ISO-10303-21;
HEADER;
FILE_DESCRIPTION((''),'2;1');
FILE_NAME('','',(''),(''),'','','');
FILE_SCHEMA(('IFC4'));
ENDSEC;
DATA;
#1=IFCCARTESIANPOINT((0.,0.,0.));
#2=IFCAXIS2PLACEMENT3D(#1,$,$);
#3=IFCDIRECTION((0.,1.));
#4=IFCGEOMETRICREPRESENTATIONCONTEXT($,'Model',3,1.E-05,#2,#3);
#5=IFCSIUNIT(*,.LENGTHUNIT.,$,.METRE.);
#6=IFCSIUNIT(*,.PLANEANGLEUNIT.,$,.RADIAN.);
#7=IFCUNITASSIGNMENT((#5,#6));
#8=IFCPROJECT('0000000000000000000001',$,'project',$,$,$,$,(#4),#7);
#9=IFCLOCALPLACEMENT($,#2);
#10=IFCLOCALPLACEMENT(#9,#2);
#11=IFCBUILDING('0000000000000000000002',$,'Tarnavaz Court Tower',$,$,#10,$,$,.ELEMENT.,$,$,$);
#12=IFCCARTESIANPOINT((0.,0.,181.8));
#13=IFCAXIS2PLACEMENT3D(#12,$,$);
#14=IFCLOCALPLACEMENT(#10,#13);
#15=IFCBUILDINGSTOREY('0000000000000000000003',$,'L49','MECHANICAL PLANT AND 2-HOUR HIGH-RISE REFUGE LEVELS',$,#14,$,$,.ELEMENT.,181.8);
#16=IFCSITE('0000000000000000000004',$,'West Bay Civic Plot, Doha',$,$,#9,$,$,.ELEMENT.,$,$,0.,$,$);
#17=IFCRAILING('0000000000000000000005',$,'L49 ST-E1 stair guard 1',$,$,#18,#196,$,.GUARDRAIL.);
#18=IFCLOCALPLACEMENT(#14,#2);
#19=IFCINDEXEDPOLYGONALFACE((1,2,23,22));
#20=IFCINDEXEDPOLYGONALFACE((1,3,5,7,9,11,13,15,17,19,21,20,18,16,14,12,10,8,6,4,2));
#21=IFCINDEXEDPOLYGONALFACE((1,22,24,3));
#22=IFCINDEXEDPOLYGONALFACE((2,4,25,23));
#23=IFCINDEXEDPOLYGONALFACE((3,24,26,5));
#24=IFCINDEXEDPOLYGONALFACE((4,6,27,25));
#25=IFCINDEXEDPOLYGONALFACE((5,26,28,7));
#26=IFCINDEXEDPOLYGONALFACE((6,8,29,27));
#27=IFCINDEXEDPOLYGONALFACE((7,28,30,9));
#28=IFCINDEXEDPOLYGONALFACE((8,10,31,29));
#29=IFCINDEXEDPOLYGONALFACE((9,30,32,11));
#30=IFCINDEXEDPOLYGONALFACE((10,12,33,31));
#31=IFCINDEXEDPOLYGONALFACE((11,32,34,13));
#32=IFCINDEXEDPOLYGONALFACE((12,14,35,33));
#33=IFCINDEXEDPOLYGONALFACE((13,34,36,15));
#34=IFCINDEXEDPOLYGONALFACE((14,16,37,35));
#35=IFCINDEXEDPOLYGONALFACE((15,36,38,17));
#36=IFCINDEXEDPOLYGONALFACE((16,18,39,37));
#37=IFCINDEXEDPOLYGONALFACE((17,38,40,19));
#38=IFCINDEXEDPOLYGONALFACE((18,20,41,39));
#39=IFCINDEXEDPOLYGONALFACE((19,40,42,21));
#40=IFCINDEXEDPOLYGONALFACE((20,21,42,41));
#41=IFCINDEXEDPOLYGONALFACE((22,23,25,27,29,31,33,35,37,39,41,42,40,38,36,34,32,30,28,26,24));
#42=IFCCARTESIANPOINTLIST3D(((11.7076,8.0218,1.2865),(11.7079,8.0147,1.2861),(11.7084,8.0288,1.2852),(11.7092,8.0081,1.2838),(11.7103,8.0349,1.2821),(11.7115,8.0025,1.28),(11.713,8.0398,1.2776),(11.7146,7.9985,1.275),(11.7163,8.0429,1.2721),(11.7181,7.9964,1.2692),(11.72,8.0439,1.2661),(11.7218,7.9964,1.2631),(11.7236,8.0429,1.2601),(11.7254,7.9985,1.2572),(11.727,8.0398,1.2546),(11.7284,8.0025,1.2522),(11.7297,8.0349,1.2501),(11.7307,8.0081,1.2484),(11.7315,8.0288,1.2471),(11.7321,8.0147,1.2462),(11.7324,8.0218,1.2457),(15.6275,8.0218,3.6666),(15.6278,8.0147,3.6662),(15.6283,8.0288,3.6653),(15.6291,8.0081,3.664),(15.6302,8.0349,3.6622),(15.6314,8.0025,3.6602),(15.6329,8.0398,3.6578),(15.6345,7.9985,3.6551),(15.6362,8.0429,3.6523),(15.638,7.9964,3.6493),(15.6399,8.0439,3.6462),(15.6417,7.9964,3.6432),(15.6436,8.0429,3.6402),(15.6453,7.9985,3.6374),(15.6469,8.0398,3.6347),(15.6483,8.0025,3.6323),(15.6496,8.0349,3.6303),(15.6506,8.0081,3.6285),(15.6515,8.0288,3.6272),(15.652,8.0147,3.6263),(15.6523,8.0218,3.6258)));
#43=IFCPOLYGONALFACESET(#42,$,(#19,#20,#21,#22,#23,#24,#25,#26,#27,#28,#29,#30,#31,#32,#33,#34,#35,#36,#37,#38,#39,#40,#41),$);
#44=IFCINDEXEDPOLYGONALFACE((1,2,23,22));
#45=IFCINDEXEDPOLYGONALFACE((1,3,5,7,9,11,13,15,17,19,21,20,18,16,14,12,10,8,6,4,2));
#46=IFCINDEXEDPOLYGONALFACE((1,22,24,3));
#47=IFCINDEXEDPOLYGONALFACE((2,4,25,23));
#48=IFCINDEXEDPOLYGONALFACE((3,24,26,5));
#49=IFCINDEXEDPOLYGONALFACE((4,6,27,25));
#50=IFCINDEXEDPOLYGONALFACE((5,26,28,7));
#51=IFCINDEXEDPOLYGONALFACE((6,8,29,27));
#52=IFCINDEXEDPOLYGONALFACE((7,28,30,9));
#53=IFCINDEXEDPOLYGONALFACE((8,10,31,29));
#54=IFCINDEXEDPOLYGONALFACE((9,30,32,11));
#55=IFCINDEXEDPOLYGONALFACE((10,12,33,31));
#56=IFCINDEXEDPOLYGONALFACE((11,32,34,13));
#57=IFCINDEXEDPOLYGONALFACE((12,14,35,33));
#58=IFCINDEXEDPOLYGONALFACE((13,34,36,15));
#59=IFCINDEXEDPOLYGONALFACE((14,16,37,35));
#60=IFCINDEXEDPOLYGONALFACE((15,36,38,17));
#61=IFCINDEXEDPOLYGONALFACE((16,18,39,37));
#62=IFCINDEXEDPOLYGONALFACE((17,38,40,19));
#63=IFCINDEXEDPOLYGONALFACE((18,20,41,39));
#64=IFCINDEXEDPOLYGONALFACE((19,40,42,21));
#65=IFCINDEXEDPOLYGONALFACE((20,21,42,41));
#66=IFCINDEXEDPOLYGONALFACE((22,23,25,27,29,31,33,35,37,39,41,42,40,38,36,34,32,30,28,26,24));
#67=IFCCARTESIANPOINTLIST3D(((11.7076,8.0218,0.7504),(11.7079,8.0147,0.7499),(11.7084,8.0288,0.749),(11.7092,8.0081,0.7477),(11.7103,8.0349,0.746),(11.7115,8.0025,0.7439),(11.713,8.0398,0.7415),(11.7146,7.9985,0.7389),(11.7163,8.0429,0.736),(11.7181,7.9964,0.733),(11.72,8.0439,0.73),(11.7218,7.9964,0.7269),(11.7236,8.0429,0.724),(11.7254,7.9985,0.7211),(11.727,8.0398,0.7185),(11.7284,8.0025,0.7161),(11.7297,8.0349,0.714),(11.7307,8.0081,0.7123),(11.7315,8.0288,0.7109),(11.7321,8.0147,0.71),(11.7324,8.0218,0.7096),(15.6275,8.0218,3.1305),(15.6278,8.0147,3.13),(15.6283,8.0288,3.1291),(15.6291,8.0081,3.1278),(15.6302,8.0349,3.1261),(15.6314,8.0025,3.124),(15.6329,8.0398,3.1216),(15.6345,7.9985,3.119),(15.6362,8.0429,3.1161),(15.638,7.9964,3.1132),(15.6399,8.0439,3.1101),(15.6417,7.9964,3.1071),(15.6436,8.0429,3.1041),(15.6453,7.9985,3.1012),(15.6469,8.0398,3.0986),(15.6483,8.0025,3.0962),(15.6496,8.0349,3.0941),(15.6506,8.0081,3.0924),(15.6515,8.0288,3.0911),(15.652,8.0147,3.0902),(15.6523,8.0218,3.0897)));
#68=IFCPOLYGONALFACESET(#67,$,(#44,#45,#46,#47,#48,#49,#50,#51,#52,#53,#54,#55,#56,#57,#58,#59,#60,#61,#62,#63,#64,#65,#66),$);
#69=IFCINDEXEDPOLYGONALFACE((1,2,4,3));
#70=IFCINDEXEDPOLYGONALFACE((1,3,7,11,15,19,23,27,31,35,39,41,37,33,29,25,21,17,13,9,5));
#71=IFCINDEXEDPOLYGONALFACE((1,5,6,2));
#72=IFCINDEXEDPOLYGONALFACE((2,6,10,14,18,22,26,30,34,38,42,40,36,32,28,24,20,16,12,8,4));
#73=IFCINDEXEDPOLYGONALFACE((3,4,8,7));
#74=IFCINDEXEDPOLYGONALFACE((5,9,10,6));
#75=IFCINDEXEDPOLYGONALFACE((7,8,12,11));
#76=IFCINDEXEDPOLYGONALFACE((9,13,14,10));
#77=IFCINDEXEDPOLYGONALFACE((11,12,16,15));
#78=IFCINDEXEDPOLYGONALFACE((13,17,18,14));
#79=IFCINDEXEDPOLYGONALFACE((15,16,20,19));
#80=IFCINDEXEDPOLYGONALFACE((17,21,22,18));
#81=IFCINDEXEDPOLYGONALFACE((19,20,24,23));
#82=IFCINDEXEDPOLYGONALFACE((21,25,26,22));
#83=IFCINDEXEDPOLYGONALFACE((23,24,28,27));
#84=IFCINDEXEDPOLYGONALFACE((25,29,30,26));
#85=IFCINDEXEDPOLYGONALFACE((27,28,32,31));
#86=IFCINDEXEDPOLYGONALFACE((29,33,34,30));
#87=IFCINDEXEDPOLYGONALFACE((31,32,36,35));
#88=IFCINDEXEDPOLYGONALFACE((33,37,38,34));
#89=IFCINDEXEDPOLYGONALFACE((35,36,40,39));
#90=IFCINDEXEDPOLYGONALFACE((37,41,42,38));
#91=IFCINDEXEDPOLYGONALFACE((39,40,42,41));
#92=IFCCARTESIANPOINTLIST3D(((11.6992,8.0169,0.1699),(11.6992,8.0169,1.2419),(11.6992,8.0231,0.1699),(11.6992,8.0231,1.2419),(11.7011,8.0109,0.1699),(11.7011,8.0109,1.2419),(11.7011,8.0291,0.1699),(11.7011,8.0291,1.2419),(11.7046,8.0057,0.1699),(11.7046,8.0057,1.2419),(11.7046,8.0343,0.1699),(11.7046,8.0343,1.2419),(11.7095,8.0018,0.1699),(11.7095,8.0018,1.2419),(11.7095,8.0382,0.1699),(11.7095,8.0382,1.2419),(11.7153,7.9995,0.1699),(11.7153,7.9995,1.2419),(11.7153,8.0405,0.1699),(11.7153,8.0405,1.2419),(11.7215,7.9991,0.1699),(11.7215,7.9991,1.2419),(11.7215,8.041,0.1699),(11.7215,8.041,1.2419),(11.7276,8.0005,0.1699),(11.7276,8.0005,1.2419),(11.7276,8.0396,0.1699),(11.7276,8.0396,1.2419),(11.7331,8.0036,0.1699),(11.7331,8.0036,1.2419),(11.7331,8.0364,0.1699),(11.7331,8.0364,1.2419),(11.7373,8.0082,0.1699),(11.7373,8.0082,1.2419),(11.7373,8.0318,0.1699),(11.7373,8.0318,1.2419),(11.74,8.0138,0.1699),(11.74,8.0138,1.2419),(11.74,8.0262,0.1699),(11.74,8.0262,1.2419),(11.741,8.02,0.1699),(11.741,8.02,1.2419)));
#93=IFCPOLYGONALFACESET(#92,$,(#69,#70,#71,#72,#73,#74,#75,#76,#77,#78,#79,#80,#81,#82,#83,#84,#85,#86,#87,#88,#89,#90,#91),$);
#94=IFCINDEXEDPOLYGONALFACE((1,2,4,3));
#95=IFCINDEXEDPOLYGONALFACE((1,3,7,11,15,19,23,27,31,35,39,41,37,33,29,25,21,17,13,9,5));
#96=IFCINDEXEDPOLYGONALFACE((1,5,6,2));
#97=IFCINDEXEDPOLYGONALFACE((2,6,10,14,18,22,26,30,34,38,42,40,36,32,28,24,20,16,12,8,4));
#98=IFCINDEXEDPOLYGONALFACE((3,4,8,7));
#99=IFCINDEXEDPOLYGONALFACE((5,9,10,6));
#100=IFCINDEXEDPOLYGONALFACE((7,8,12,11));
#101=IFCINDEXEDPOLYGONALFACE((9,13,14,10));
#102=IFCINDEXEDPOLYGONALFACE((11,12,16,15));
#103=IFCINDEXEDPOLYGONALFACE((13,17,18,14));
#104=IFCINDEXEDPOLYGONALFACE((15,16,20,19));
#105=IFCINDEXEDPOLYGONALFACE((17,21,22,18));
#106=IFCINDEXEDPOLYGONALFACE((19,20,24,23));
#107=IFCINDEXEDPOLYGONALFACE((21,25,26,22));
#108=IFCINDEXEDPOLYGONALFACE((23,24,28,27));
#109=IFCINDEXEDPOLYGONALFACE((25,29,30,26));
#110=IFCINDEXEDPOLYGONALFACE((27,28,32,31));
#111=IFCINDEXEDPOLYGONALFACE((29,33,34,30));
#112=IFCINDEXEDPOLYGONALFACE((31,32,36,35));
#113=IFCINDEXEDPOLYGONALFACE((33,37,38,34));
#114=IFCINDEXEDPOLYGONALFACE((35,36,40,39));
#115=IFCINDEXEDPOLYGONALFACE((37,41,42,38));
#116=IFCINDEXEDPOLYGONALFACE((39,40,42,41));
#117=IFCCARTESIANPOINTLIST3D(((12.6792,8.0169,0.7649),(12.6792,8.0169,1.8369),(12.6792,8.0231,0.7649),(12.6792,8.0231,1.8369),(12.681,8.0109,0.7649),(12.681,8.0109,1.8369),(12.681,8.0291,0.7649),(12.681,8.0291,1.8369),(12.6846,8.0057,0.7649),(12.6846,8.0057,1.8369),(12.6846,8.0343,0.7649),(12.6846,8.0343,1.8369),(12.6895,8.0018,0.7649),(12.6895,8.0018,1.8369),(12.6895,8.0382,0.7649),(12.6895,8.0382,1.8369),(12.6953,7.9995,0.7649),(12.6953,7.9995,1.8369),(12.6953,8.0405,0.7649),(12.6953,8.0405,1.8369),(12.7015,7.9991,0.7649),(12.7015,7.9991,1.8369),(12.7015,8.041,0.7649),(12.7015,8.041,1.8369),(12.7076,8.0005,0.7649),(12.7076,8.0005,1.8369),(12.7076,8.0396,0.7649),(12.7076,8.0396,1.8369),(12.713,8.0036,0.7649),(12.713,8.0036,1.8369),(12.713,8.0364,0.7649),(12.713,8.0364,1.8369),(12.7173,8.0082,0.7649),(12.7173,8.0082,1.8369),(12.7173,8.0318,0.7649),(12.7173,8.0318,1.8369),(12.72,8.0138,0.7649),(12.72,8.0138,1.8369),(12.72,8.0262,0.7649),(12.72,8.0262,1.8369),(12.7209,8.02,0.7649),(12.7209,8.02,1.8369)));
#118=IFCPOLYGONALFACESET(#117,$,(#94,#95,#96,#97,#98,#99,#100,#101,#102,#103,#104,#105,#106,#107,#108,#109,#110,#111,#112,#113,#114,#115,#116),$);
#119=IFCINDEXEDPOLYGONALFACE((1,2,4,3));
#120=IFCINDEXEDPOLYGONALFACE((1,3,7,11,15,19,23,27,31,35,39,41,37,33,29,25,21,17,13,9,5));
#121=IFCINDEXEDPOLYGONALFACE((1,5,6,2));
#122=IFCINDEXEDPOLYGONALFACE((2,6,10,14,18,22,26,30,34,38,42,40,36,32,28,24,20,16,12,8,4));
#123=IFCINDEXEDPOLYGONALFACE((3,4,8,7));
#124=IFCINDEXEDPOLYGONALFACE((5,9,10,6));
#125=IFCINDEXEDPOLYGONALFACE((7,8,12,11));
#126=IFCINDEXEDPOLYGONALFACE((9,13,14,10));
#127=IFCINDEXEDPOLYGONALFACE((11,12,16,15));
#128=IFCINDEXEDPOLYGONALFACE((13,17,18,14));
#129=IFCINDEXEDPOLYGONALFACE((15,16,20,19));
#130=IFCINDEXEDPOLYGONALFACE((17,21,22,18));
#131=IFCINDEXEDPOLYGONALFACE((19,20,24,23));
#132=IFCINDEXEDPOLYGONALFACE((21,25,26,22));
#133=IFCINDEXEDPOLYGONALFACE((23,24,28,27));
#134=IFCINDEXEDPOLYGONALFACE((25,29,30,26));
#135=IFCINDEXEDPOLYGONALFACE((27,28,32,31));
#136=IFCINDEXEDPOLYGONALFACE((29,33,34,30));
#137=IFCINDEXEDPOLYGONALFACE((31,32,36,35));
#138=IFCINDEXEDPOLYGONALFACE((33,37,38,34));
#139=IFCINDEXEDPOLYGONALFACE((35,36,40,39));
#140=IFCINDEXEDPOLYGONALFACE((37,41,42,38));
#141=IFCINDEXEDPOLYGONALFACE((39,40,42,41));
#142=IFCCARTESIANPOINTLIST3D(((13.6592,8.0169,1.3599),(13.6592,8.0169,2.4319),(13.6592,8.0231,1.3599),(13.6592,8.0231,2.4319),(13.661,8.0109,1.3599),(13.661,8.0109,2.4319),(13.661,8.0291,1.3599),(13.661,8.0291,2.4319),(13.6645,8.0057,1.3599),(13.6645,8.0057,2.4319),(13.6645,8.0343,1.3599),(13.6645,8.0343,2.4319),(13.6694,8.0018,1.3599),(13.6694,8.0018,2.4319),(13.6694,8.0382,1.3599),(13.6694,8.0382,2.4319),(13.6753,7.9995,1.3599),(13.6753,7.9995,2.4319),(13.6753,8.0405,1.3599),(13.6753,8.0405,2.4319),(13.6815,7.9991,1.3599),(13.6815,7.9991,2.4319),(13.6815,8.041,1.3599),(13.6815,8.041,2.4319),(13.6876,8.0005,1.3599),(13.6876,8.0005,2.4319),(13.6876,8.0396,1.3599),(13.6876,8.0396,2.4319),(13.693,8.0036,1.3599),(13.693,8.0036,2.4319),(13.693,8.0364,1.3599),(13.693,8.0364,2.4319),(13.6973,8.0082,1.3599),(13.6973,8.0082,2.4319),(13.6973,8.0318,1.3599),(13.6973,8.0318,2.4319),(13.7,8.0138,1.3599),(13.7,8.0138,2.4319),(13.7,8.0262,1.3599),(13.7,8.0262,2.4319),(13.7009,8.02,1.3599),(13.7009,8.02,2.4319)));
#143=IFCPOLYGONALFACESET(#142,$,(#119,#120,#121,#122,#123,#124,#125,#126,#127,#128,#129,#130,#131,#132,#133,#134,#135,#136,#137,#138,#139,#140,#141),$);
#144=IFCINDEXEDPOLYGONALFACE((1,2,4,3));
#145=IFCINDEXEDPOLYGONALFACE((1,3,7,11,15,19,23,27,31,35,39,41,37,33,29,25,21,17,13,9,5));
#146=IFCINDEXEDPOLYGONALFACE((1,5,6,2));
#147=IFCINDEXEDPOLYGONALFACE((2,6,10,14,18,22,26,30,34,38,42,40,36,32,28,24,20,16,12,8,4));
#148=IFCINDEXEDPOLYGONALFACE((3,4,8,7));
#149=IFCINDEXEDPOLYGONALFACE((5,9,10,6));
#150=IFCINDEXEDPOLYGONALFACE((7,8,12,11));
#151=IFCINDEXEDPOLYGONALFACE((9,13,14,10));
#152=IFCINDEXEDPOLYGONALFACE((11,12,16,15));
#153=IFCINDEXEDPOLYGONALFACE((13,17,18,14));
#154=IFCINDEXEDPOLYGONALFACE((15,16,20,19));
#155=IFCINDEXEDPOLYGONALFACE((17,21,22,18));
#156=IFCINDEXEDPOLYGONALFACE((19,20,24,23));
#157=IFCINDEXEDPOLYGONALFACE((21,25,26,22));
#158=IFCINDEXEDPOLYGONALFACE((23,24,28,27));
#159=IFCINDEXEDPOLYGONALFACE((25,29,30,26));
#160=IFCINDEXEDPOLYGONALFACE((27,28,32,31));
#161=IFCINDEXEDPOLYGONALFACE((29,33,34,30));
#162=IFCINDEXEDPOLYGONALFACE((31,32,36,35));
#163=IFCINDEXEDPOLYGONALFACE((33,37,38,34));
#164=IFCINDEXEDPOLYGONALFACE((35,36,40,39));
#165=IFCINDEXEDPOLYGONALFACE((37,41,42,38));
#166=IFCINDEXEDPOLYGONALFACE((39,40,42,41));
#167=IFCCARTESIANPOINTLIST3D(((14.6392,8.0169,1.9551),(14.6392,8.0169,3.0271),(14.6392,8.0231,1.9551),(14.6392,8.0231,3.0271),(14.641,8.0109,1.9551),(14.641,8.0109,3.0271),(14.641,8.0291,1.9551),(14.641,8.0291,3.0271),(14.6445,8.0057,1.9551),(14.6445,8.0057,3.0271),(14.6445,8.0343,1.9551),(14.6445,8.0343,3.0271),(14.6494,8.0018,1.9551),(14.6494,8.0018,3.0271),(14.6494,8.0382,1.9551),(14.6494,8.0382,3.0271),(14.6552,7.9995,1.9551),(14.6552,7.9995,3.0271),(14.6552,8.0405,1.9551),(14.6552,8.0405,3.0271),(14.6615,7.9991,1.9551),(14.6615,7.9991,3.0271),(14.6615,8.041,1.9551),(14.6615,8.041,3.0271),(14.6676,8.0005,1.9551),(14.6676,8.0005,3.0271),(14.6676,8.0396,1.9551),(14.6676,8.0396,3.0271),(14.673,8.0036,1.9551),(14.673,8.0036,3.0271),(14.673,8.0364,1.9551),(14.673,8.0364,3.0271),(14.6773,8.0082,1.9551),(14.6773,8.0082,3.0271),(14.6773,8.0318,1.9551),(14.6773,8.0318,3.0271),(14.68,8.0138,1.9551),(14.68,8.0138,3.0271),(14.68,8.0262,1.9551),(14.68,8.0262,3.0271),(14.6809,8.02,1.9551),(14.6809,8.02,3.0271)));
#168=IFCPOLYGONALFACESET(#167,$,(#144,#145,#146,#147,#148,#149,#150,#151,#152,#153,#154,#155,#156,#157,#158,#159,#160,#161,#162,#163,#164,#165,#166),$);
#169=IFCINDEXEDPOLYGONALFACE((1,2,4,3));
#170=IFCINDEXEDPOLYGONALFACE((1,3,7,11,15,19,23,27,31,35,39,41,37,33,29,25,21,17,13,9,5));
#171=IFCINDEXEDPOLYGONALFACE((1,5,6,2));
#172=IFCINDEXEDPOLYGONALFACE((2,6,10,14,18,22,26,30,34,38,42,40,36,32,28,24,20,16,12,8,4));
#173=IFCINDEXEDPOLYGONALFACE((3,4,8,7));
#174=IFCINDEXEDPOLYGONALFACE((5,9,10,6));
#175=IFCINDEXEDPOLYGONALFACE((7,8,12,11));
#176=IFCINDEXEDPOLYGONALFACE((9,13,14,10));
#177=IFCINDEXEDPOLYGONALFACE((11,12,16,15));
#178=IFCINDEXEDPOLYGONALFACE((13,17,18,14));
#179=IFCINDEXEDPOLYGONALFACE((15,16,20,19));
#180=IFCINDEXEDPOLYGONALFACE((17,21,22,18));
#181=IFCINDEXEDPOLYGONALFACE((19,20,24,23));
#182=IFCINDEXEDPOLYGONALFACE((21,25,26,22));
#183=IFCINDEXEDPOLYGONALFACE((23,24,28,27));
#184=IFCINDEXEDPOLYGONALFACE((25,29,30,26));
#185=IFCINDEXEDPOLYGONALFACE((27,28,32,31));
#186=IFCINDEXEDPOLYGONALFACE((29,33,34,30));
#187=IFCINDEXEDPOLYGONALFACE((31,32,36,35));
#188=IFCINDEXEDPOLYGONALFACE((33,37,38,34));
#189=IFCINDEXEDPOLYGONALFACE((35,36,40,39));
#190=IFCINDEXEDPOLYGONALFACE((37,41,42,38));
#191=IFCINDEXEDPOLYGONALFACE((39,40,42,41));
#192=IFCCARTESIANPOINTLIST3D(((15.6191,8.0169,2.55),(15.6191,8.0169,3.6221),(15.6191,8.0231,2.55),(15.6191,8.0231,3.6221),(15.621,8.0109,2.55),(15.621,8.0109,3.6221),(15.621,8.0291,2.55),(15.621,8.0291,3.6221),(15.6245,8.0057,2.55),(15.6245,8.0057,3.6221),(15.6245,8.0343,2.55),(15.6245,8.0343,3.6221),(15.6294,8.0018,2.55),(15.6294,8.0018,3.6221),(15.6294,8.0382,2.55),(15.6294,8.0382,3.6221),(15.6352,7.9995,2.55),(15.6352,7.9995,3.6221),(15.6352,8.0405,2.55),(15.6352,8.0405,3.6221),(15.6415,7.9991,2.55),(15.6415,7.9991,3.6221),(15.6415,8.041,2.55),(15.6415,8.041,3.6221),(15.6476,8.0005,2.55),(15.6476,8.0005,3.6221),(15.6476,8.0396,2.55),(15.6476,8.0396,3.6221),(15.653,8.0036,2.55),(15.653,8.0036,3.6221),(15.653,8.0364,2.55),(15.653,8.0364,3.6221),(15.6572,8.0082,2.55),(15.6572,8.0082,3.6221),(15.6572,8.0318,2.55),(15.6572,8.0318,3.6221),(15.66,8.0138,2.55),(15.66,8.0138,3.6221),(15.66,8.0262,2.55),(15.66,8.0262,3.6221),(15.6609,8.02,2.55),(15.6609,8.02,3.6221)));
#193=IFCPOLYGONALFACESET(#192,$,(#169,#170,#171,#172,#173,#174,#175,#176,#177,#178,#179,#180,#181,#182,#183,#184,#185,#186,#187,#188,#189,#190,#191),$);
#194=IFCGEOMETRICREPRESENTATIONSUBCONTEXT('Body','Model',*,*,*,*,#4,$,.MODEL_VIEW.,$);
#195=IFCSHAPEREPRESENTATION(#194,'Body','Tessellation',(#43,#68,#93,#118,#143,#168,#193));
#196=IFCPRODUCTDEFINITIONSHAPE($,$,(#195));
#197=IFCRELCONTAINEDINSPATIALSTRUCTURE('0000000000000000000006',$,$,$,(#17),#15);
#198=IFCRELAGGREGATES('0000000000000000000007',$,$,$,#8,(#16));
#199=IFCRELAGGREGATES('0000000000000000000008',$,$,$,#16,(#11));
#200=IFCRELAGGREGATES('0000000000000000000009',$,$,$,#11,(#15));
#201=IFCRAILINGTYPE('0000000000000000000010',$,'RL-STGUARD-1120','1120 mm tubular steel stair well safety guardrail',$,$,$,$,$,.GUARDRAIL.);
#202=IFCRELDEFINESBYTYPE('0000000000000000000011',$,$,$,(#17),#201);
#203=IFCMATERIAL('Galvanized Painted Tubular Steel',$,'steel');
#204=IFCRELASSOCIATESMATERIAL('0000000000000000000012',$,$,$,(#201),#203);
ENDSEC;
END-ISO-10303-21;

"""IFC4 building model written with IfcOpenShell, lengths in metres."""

from ifc_helpers import new_model, si_unit, direction, frame, origin, origin_2d, place, context, subcontext, project, spatial, circle, extrude, material, type_object, element, save


model = new_model("IFC4")

# Units and contexts
model_context = context("Model", 3, precision=1e-05, world=origin(), true_north=direction((0.0, 1.0)))
body_context = subcontext(model_context, "Body", "Model", "MODEL_VIEW")
ifc_project = project(units=[si_unit("LENGTHUNIT", "METRE"), si_unit("PLANEANGLEUNIT", "RADIAN")], contexts=[model_context])

# Site, building, storey
site_placement = place(None, origin())
site = spatial("IfcSite", under=ifc_project, at=site_placement, Name="West Bay Civic Plot, Doha", CompositionType="ELEMENT", RefElevation=0.0)
building_placement = place(site_placement, origin())
building = spatial("IfcBuilding", under=site, at=building_placement, Name="Tarnavaz Court Tower", CompositionType="ELEMENT")
storey_placement = place(building_placement, frame((0.0, 0.0, 181.8)))
storey = spatial("IfcBuildingStorey", under=building, at=storey_placement, Name="L49", Description="MECHANICAL PLANT AND 2-HOUR HIGH-RISE REFUGE LEVELS", CompositionType="ELEMENT", Elevation=181.8)

# Railing
ifc_material_1 = material(Name="Galvanized Painted Tubular Steel", Category="steel")
railing_type_1 = type_object("IfcRailingType", Name="RL-STGUARD-1120", Description="1120 mm tubular steel stair well safety guardrail", PredefinedType="GUARDRAIL", material=ifc_material_1)
railing_1_placement = place(storey_placement, frame((11.72, 8.02, 0.1699)))
element("IfcRailing", 1, at=railing_1_placement, inside=storey, type_object=railing_type_1, Name="L49 ST-E1 stair guard 1", PredefinedType="GUARDRAIL", context=body_context, shape_type="SweptSolid", body=[
    extrude(circle(Radius=0.0239, at=origin_2d()), frame((0.0, 0.0, 1.0962), z_axis=(0.854771, 0.0, 0.519006), x_axis=(0.0, 1.0, 0.0)), (0.0, 0.0, 1.0), 4.5859),
    extrude(circle(Radius=0.0239, at=origin_2d()), frame((0.0, 0.0, 0.5601), z_axis=(0.854771, 0.0, 0.519006), x_axis=(0.0, 1.0, 0.0)), (0.0, 0.0, 1.0), 4.5859),
    extrude(circle(Radius=0.021, at=origin_2d()), origin(), (0.0, 0.0, 1.0), 1.072),
    extrude(circle(Radius=0.021, at=origin_2d()), frame((0.98, 0.0, 0.595)), (0.0, 0.0, 1.0), 1.072),
    extrude(circle(Radius=0.021, at=origin_2d()), frame((1.96, 0.0, 1.1899)), (0.0, 0.0, 1.0), 1.072),
    extrude(circle(Radius=0.021, at=origin_2d()), frame((2.9399, 0.0, 1.7852)), (0.0, 0.0, 1.0), 1.072),
    extrude(circle(Radius=0.021, at=origin_2d()), frame((3.9199, 0.0, 2.3801)), (0.0, 0.0, 1.0), 1.072),
])

save(model, "model.ifc")
